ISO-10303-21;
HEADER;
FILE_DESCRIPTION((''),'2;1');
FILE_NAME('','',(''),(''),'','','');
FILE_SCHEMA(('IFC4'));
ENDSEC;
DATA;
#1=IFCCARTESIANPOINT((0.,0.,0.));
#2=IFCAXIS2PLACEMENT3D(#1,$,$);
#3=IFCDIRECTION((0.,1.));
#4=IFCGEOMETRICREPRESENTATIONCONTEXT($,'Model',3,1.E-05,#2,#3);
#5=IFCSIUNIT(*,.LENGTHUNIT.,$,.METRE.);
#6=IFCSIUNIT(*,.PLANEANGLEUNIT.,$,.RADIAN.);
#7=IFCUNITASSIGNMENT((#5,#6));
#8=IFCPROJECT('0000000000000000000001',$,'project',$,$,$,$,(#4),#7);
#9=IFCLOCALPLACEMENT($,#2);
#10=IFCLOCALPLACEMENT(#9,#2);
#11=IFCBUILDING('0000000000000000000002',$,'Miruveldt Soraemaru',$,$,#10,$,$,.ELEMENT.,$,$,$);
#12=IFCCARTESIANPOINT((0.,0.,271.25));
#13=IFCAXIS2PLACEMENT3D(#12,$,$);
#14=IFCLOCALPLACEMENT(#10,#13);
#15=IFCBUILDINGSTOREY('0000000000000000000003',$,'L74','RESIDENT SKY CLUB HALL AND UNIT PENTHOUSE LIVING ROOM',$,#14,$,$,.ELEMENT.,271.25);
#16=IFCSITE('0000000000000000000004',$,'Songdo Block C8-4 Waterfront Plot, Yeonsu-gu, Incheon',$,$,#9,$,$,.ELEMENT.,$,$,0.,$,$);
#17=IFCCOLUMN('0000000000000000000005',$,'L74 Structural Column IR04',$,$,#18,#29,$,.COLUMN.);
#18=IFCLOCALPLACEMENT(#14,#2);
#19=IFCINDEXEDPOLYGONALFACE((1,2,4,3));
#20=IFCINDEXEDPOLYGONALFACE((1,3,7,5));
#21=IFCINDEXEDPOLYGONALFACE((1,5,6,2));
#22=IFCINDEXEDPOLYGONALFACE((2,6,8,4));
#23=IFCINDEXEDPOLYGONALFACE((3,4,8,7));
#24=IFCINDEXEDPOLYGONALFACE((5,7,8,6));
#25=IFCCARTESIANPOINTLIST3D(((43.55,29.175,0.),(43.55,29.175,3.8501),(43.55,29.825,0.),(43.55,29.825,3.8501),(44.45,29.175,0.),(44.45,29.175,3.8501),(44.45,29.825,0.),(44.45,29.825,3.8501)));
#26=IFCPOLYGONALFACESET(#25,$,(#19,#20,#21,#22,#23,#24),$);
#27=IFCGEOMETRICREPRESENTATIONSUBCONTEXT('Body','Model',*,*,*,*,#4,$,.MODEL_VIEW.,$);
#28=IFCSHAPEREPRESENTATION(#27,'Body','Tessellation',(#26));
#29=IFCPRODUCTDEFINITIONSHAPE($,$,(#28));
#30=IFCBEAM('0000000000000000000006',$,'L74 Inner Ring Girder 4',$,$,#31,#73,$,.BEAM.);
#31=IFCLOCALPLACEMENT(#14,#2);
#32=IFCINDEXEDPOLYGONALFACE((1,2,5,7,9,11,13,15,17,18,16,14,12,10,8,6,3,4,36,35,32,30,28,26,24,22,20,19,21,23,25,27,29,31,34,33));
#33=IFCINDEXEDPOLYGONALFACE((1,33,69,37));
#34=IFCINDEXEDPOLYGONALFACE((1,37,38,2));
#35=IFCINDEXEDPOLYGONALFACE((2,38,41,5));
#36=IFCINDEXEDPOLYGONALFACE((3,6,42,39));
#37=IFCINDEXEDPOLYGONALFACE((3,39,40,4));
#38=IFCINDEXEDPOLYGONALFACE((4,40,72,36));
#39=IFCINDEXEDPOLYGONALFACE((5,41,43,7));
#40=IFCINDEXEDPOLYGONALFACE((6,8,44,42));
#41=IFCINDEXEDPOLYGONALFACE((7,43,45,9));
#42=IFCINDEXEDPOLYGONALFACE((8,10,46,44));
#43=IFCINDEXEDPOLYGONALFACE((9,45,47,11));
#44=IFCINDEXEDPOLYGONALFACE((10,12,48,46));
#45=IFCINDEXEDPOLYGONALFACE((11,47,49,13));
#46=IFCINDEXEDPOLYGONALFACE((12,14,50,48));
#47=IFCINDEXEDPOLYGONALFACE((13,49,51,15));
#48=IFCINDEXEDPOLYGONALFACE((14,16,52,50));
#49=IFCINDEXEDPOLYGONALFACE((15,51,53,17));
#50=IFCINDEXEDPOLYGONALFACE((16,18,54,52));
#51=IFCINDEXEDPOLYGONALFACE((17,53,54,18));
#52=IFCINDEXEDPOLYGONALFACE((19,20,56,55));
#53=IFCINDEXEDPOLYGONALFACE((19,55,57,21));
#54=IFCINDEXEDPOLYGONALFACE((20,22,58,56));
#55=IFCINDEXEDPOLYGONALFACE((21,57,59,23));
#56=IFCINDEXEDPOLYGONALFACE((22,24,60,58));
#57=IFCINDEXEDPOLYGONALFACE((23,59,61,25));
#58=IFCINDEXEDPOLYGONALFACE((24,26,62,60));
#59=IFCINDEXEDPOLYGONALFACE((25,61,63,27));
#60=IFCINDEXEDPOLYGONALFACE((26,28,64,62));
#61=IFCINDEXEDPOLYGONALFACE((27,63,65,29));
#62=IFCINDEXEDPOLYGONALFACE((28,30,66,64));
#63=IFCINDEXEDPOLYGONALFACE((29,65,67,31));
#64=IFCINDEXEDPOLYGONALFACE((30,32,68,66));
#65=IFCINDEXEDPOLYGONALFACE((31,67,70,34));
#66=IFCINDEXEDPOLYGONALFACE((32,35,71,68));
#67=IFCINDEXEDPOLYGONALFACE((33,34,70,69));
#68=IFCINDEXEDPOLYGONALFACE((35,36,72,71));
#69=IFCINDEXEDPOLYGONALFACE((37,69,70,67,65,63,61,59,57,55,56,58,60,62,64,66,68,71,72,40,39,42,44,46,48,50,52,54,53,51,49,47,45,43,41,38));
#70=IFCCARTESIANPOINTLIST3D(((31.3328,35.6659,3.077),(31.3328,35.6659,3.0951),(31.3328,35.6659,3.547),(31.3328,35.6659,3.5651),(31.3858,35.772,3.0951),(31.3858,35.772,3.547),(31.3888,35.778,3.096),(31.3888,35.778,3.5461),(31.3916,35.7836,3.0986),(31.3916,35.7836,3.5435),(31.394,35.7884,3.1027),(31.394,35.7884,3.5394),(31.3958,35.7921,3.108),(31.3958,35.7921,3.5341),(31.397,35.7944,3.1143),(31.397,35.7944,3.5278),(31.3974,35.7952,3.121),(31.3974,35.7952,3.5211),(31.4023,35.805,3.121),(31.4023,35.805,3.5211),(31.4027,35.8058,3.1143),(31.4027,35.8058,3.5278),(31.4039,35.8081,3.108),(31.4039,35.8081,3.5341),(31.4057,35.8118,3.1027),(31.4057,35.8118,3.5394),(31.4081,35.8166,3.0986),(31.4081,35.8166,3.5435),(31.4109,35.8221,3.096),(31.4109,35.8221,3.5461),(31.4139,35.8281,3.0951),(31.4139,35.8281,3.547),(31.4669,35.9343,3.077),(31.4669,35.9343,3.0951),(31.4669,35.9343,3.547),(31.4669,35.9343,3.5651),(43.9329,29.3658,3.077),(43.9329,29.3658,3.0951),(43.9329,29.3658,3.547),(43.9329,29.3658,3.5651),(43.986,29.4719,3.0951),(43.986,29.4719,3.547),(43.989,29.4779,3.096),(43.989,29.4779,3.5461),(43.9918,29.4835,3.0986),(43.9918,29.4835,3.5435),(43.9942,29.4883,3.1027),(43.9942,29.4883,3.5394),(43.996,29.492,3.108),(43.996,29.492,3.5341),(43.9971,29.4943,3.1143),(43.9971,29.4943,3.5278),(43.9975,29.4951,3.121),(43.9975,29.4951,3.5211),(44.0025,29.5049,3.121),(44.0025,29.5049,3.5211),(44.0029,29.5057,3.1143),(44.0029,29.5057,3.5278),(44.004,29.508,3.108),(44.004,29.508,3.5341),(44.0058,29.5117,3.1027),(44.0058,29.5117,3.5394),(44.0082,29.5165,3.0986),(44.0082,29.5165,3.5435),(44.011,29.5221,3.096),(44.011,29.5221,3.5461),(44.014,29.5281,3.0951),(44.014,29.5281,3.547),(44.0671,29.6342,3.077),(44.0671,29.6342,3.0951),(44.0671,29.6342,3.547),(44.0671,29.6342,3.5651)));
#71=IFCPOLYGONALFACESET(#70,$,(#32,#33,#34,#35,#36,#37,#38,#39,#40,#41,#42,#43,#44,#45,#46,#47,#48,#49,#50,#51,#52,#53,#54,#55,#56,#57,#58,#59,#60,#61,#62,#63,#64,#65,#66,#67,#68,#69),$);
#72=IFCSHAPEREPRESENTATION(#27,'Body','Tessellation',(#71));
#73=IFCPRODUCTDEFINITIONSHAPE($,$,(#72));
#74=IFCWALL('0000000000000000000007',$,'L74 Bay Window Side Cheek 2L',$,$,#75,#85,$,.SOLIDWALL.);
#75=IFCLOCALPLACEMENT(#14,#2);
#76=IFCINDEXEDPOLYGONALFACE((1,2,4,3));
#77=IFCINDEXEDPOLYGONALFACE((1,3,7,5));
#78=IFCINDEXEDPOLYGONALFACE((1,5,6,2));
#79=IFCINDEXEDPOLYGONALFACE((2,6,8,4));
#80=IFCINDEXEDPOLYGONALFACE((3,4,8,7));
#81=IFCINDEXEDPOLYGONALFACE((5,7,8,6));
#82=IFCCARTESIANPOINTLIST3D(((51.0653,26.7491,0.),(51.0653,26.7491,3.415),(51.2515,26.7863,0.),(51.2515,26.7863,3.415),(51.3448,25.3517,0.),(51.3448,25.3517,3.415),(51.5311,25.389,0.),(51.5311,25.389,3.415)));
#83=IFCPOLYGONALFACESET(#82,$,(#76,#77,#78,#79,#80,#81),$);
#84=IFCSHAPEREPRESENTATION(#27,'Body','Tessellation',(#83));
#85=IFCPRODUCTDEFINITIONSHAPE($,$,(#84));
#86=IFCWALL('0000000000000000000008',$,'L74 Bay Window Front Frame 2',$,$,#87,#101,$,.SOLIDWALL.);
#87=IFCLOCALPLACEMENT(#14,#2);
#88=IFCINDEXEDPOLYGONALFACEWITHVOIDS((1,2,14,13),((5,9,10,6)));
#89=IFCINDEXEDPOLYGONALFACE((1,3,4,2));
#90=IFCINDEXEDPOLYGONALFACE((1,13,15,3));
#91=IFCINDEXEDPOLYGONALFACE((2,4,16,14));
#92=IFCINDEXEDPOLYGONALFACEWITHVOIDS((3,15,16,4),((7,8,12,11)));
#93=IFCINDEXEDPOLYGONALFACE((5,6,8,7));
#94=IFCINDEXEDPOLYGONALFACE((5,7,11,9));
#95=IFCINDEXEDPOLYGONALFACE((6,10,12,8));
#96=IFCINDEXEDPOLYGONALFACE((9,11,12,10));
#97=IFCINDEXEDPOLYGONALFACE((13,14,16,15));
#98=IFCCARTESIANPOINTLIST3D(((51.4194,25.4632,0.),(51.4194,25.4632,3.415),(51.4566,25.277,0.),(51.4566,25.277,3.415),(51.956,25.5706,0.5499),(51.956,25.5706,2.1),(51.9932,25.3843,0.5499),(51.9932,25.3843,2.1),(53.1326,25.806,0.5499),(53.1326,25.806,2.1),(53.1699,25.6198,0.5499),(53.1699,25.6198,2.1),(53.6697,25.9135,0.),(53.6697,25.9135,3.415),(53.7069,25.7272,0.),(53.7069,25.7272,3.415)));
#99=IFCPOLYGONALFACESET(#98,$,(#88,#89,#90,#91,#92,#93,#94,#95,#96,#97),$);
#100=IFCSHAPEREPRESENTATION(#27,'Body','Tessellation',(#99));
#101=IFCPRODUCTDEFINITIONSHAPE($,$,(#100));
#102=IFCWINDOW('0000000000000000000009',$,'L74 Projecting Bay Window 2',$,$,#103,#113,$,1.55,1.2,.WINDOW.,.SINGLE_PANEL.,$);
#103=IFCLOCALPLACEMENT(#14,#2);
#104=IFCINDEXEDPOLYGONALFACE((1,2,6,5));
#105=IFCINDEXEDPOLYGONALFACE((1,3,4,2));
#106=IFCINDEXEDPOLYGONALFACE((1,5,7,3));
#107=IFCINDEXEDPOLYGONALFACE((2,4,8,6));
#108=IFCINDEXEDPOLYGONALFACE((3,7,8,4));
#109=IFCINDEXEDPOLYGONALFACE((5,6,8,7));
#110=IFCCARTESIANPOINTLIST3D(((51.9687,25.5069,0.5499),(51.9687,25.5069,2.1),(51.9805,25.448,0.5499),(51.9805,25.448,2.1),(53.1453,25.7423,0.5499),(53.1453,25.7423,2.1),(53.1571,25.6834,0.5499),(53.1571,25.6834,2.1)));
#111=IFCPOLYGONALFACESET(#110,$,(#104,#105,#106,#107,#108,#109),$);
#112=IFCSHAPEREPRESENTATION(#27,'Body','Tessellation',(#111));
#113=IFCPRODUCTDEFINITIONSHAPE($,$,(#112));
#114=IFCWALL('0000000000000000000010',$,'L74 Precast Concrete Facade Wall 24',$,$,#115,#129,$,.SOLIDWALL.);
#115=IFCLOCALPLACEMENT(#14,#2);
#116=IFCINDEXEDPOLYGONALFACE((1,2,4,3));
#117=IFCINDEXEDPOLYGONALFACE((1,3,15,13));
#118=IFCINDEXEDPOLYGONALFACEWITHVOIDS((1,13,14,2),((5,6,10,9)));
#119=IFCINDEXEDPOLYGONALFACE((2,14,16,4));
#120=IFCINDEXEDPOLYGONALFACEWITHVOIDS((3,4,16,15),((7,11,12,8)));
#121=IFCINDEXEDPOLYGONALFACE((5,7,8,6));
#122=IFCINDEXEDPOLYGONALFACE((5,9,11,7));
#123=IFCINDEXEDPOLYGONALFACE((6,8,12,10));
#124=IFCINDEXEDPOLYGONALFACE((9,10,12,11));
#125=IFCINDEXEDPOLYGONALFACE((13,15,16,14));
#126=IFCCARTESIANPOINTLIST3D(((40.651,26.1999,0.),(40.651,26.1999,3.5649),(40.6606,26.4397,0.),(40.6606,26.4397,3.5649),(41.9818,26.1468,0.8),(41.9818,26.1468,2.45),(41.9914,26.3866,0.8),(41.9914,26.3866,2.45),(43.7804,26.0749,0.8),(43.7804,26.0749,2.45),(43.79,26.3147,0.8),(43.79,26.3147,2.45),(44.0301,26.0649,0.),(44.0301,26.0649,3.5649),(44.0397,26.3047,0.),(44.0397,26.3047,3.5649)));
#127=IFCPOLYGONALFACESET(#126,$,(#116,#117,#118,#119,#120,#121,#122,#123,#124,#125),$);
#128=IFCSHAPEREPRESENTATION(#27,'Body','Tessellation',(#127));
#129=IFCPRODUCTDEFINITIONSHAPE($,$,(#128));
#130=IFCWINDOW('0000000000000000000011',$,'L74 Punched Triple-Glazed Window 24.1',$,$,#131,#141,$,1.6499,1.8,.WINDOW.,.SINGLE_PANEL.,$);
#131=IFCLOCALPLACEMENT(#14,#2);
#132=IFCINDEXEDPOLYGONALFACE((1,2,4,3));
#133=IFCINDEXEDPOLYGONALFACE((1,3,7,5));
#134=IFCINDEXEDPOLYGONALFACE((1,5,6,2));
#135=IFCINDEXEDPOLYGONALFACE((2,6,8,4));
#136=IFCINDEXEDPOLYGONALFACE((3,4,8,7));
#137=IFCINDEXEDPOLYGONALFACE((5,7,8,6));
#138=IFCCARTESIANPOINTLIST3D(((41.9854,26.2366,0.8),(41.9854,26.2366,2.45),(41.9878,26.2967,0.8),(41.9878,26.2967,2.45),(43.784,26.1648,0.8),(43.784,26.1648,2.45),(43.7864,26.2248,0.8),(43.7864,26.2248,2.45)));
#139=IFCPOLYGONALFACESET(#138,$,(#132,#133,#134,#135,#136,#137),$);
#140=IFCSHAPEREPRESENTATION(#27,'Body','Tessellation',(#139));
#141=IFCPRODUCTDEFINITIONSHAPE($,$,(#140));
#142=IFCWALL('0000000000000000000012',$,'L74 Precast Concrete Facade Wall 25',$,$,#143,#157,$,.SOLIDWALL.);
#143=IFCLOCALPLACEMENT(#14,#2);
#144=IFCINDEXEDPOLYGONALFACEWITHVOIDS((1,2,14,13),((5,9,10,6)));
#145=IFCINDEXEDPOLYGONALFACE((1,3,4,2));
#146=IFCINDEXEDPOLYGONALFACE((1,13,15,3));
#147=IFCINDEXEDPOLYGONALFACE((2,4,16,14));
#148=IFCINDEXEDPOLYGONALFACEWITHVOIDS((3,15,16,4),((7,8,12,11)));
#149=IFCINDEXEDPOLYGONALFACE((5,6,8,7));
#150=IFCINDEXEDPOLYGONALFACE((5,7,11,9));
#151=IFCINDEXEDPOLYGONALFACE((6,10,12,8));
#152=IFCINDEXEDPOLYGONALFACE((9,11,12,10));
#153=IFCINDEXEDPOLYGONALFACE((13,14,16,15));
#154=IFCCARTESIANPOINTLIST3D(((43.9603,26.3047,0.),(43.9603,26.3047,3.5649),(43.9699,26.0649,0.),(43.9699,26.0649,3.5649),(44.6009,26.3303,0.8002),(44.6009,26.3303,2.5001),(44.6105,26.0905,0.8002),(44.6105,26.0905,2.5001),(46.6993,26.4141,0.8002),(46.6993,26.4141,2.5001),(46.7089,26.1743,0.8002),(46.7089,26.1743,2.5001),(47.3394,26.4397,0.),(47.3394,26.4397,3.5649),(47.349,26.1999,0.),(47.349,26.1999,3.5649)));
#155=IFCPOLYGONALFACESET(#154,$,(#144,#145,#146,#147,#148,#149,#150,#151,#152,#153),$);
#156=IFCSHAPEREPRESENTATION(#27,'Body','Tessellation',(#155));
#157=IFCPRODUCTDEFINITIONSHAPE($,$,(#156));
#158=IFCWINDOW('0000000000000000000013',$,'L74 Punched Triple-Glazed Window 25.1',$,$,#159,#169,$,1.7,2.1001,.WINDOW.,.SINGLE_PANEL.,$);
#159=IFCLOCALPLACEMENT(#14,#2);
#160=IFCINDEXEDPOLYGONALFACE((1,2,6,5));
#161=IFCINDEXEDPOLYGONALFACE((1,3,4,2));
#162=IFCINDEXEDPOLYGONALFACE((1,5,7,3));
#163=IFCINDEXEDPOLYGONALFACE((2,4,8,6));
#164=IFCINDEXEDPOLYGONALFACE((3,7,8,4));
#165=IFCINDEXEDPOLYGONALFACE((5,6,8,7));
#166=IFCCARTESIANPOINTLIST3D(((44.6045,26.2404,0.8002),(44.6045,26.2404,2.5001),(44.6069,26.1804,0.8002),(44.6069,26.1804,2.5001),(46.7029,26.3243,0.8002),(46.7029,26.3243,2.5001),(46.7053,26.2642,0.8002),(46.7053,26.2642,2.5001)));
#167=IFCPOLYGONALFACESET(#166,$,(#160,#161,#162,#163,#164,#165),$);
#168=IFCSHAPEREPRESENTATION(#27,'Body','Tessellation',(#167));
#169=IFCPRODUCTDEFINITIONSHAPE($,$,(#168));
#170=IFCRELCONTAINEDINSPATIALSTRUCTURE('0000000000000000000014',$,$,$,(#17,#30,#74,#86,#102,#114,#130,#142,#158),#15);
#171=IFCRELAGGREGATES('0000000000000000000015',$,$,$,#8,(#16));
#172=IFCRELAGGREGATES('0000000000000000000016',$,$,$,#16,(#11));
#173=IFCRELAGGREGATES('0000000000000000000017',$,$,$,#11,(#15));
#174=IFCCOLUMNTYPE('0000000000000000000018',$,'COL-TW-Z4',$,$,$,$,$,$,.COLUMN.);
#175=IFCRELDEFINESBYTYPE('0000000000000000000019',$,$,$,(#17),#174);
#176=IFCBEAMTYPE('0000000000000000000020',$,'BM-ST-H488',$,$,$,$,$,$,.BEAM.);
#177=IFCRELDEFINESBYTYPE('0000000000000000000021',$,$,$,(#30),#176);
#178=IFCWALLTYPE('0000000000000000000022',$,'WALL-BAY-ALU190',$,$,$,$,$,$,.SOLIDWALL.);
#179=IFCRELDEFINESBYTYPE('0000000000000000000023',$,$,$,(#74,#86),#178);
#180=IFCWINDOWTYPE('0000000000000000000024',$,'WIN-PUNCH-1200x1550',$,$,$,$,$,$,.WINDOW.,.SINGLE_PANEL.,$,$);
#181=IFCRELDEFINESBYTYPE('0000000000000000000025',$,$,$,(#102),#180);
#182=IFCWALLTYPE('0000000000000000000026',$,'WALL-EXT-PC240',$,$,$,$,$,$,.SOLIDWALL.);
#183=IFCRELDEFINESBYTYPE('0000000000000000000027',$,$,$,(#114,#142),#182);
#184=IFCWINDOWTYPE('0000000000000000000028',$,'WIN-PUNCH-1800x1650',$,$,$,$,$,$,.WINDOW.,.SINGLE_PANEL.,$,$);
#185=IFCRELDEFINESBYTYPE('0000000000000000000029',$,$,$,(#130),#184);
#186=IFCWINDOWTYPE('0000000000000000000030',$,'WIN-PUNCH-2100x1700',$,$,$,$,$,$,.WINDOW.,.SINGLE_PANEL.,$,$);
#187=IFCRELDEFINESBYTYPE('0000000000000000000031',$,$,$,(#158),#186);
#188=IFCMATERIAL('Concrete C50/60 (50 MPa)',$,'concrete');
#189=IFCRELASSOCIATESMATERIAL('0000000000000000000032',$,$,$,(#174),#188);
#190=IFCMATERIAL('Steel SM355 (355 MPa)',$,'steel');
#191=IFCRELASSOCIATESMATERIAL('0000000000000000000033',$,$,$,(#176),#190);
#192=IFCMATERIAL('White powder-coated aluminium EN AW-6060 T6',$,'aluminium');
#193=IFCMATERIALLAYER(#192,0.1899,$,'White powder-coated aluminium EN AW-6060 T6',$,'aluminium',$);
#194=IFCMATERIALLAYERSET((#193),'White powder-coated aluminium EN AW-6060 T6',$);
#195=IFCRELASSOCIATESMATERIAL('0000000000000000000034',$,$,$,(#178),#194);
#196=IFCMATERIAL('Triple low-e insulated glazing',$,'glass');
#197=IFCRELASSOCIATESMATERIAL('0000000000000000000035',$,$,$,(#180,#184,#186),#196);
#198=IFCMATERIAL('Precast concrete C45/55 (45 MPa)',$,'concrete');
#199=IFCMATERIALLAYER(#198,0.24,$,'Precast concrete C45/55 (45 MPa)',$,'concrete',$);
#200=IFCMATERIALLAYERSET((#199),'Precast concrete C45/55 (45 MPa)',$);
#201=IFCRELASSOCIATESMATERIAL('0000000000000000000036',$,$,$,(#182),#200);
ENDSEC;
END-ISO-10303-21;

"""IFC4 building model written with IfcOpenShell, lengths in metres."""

from ifc_helpers import new_model, si_unit, direction, frame, frame_2d, origin, origin_2d, place, context, subcontext, project, spatial, rectangle, i_section, extrude, material, layer, layer_set, material_profile, profile_set, type_object, element, fill, save


model = new_model("IFC4")

# Units and contexts
model_context = context("Model", 3, precision=1e-05, world=origin(), true_north=direction((0.0, 1.0)))
body_context = subcontext(model_context, "Body", "Model", "MODEL_VIEW")
ifc_project = project(units=[si_unit("LENGTHUNIT", "METRE"), si_unit("PLANEANGLEUNIT", "RADIAN")], contexts=[model_context])

# Site, building, storey
site_placement = place(None, origin())
site = spatial("IfcSite", under=ifc_project, at=site_placement, Name="Songdo Block C8-4 Waterfront Plot, Yeonsu-gu, Incheon", CompositionType="ELEMENT", RefElevation=0.0)
building_placement = place(site_placement, origin())
building = spatial("IfcBuilding", under=site, at=building_placement, Name="Miruveldt Soraemaru", CompositionType="ELEMENT")
storey_placement = place(building_placement, frame((0.0, 0.0, 271.25)))
storey = spatial("IfcBuildingStorey", under=building, at=storey_placement, Name="L74", Description="RESIDENT SKY CLUB HALL AND UNIT PENTHOUSE LIVING ROOM", CompositionType="ELEMENT", Elevation=271.25)

# Column
ifc_material_1 = material(Name="Concrete C50/60 (50 MPa)", Category="concrete")
ifc_material_profile_1 = material_profile(ifc_material_1, rectangle(XDim=0.8999, YDim=0.6499, at=origin_2d()), Name="Concrete C50/60 (50 MPa)", Category="concrete")
ifc_profile_set_1 = profile_set([ifc_material_profile_1], Name="Concrete C50/60 (50 MPa)")
column_type = type_object("IfcColumnType", Name="COL-TW-Z4", PredefinedType="COLUMN", material=ifc_profile_set_1)
column_placement = place(storey_placement, frame((44.0, 29.5, 0.0), z_axis=(0.0, 0.0, 1.0), x_axis=(1.0, 0.0, 0.0)))
element("IfcColumn", 1, at=column_placement, inside=storey, type_object=column_type, Name="L74 Structural Column IR04", PredefinedType="COLUMN", context=body_context, shape_type="SweptSolid", body=[
    extrude(rectangle(XDim=0.8999, YDim=0.6499, at=origin_2d()), origin(), (0.0, 0.0, 1.0), 3.8501),
])

# Beam
ifc_material_2 = material(Name="Steel SM355 (355 MPa)", Category="steel")
ifc_material_profile_2 = material_profile(ifc_material_2, i_section(OverallWidth=0.3, OverallDepth=0.488, WebThickness=0.011, FlangeThickness=0.0181, FilletRadius=0.0259, at=origin_2d()), Name="Steel SM355 (355 MPa)", Category="steel")
ifc_profile_set_2 = profile_set([ifc_material_profile_2], Name="Steel SM355 (355 MPa)")
beam_type = type_object("IfcBeamType", Name="BM-ST-H488", PredefinedType="BEAM", material=ifc_profile_set_2)
beam_placement = place(storey_placement, frame((44.0, 29.5, 3.321), z_axis=(-0.894427, 0.447214, 0.0), x_axis=(-0.447214, -0.894427, 0.0)))
element("IfcBeam", 2, at=beam_placement, inside=storey, type_object=beam_type, Name="L74 Inner Ring Girder 4", PredefinedType="BEAM", context=body_context, shape_type="SweptSolid", body=[
    extrude(i_section(OverallWidth=0.3, OverallDepth=0.488, WebThickness=0.011, FlangeThickness=0.0181, FilletRadius=0.0259, at=origin_2d()), origin(), (0.0, 0.0, 1.0), 14.0874),
])

# Wall
ifc_material_3 = material(Name="White powder-coated aluminium EN AW-6060 T6", Category="aluminium")
ifc_layer_1 = layer(ifc_material_3, 0.1899, Name="White powder-coated aluminium EN AW-6060 T6", Category="aluminium")
ifc_layer_set_1 = layer_set([ifc_layer_1], Name="White powder-coated aluminium EN AW-6060 T6")
wall_type_1 = type_object("IfcWallType", Name="WALL-BAY-ALU190", PredefinedType="SOLIDWALL", material=ifc_layer_set_1)
wall_1_placement = place(storey_placement, frame((51.1584, 26.7676, 0.0), z_axis=(0.0, 0.0, 1.0), x_axis=(0.196149, -0.980574, 0.0)))
element("IfcWall", 3, at=wall_1_placement, inside=storey, type_object=wall_type_1, Name="L74 Bay Window Side Cheek 2L", PredefinedType="SOLIDWALL", context=body_context, shape_type="SweptSolid", body=[
    extrude(rectangle(XDim=1.425, YDim=0.1899, at=frame_2d((0.7124, 0.0))), origin(), (0.0, 0.0, 1.0), 3.415),
])

# Walls, openings, windows
wall_2_placement = place(storey_placement, frame((51.438, 25.3701, 0.0), z_axis=(0.0, 0.0, 1.0), x_axis=(0.980568, 0.196178, 0.0)))
wall_2 = element("IfcWall", 4, at=wall_2_placement, inside=storey, type_object=wall_type_1, Name="L74 Bay Window Front Frame 2", PredefinedType="SOLIDWALL", context=body_context, shape_type="SweptSolid", body=[
    extrude(rectangle(XDim=2.2949, YDim=0.1899, at=frame_2d((1.1475, 0.0))), origin(), (0.0, 0.0, 1.0), 3.415),
])
opening_1_placement = place(wall_2_placement, frame((0.5471, 0.0, 0.55)))
opening_1 = element("IfcOpeningElement", 5, at=opening_1_placement, cuts=wall_2, PredefinedType="OPENING", context=body_context, shape_type="SweptSolid", body=[
    extrude(rectangle(XDim=1.2, YDim=1.55, at=frame_2d((0.6001, 0.7749))), frame((0.0, 0.105, 0.0), z_axis=(0.0, -1.0, 0.0), x_axis=(1.0, 0.0, 0.0)), (0.0, 0.0, 1.0), 0.21),
])
ifc_material_4 = material(Name="Triple low-e insulated glazing", Category="glass")
window_type_1 = type_object("IfcWindowType", Name="WIN-PUNCH-1200x1550", PartitioningType="SINGLE_PANEL", PredefinedType="WINDOW", material=ifc_material_4)
window_1_placement = place(opening_1_placement, origin())
window_1 = element("IfcWindow", 6, at=window_1_placement, inside=storey, type_object=window_type_1, Name="L74 Projecting Bay Window 2", OverallHeight=1.55, OverallWidth=1.2, PartitioningType="SINGLE_PANEL", PredefinedType="WINDOW", context=body_context, shape_type="SweptSolid", body=[
    extrude(rectangle(XDim=1.2, YDim=1.55, at=frame_2d((0.6001, 0.7749))), frame((0.0, 0.03, 0.0), z_axis=(0.0, -1.0, 0.0), x_axis=(1.0, 0.0, 0.0)), (0.0, 0.0, 1.0), 0.0601),
])
fill(opening_1, window_1)
ifc_material_5 = material(Name="Precast concrete C45/55 (45 MPa)", Category="concrete")
ifc_layer_2 = layer(ifc_material_5, 0.24, Name="Precast concrete C45/55 (45 MPa)", Category="concrete")
ifc_layer_set_2 = layer_set([ifc_layer_2], Name="Precast concrete C45/55 (45 MPa)")
wall_type_2 = type_object("IfcWallType", Name="WALL-EXT-PC240", PredefinedType="SOLIDWALL", material=ifc_layer_set_2)
wall_3_placement = place(storey_placement, frame((40.6558, 26.3198, 0.0), z_axis=(0.0, 0.0, 1.0), x_axis=(0.999203, -0.039922, 0.0)))
wall_3 = element("IfcWall", 7, at=wall_3_placement, inside=storey, type_object=wall_type_2, Name="L74 Precast Concrete Facade Wall 24", PredefinedType="SOLIDWALL", context=body_context, shape_type="SweptSolid", body=[
    extrude(rectangle(XDim=3.3818, YDim=0.24, at=frame_2d((1.6909, 0.0))), origin(), (0.0, 0.0, 1.0), 3.5649),
])
opening_2_placement = place(wall_3_placement, frame((1.332, 0.0, 0.8)))
opening_2 = element("IfcOpeningElement", 8, at=opening_2_placement, cuts=wall_3, PredefinedType="OPENING", context=body_context, shape_type="SweptSolid", body=[
    extrude(rectangle(XDim=1.8, YDim=1.6499, at=frame_2d((0.8999, 0.825))), frame((0.0, 0.1299, 0.0), z_axis=(0.0, -1.0, 0.0), x_axis=(1.0, 0.0, 0.0)), (0.0, 0.0, 1.0), 0.26),
])
window_type_2 = type_object("IfcWindowType", Name="WIN-PUNCH-1800x1650", PartitioningType="SINGLE_PANEL", PredefinedType="WINDOW", material=ifc_material_4)
window_2_placement = place(opening_2_placement, origin())
window_2 = element("IfcWindow", 9, at=window_2_placement, inside=storey, type_object=window_type_2, Name="L74 Punched Triple-Glazed Window 24.1", OverallHeight=1.6499, OverallWidth=1.8, PartitioningType="SINGLE_PANEL", PredefinedType="WINDOW", context=body_context, shape_type="SweptSolid", body=[
    extrude(rectangle(XDim=1.8, YDim=1.6499, at=frame_2d((0.8999, 0.825))), frame((0.0, 0.03, 0.0), z_axis=(0.0, -1.0, 0.0), x_axis=(1.0, 0.0, 0.0)), (0.0, 0.0, 1.0), 0.0601),
])
fill(opening_2, window_2)
wall_4_placement = place(storey_placement, frame((43.9651, 26.1848, 0.0), z_axis=(0.0, 0.0, 1.0), x_axis=(0.999203, 0.039922, 0.0)))
wall_4 = element("IfcWall", 10, at=wall_4_placement, inside=storey, type_object=wall_type_2, Name="L74 Precast Concrete Facade Wall 25", PredefinedType="SOLIDWALL", context=body_context, shape_type="SweptSolid", body=[
    extrude(rectangle(XDim=3.3818, YDim=0.24, at=frame_2d((1.6909, 0.0))), origin(), (0.0, 0.0, 1.0), 3.5649),
])
opening_3_placement = place(wall_4_placement, frame((0.6411, 0.0, 0.8)))
opening_3 = element("IfcOpeningElement", 11, at=opening_3_placement, cuts=wall_4, PredefinedType="OPENING", context=body_context, shape_type="SweptSolid", body=[
    extrude(rectangle(XDim=2.1001, YDim=1.7, at=frame_2d((1.05, 0.8501))), frame((0.0, 0.1299, 0.0), z_axis=(0.0, -1.0, 0.0), x_axis=(1.0, 0.0, 0.0)), (0.0, 0.0, 1.0), 0.26),
])
window_type_3 = type_object("IfcWindowType", Name="WIN-PUNCH-2100x1700", PartitioningType="SINGLE_PANEL", PredefinedType="WINDOW", material=ifc_material_4)
window_3_placement = place(opening_3_placement, origin())
window_3 = element("IfcWindow", 12, at=window_3_placement, inside=storey, type_object=window_type_3, Name="L74 Punched Triple-Glazed Window 25.1", OverallHeight=1.7, OverallWidth=2.1001, PartitioningType="SINGLE_PANEL", PredefinedType="WINDOW", context=body_context, shape_type="SweptSolid", body=[
    extrude(rectangle(XDim=2.1001, YDim=1.7, at=frame_2d((1.05, 0.8501))), frame((0.0, 0.03, 0.0), z_axis=(0.0, -1.0, 0.0), x_axis=(1.0, 0.0, 0.0)), (0.0, 0.0, 1.0), 0.0601),
])
fill(opening_3, window_3)

save(model, "model.ifc")
